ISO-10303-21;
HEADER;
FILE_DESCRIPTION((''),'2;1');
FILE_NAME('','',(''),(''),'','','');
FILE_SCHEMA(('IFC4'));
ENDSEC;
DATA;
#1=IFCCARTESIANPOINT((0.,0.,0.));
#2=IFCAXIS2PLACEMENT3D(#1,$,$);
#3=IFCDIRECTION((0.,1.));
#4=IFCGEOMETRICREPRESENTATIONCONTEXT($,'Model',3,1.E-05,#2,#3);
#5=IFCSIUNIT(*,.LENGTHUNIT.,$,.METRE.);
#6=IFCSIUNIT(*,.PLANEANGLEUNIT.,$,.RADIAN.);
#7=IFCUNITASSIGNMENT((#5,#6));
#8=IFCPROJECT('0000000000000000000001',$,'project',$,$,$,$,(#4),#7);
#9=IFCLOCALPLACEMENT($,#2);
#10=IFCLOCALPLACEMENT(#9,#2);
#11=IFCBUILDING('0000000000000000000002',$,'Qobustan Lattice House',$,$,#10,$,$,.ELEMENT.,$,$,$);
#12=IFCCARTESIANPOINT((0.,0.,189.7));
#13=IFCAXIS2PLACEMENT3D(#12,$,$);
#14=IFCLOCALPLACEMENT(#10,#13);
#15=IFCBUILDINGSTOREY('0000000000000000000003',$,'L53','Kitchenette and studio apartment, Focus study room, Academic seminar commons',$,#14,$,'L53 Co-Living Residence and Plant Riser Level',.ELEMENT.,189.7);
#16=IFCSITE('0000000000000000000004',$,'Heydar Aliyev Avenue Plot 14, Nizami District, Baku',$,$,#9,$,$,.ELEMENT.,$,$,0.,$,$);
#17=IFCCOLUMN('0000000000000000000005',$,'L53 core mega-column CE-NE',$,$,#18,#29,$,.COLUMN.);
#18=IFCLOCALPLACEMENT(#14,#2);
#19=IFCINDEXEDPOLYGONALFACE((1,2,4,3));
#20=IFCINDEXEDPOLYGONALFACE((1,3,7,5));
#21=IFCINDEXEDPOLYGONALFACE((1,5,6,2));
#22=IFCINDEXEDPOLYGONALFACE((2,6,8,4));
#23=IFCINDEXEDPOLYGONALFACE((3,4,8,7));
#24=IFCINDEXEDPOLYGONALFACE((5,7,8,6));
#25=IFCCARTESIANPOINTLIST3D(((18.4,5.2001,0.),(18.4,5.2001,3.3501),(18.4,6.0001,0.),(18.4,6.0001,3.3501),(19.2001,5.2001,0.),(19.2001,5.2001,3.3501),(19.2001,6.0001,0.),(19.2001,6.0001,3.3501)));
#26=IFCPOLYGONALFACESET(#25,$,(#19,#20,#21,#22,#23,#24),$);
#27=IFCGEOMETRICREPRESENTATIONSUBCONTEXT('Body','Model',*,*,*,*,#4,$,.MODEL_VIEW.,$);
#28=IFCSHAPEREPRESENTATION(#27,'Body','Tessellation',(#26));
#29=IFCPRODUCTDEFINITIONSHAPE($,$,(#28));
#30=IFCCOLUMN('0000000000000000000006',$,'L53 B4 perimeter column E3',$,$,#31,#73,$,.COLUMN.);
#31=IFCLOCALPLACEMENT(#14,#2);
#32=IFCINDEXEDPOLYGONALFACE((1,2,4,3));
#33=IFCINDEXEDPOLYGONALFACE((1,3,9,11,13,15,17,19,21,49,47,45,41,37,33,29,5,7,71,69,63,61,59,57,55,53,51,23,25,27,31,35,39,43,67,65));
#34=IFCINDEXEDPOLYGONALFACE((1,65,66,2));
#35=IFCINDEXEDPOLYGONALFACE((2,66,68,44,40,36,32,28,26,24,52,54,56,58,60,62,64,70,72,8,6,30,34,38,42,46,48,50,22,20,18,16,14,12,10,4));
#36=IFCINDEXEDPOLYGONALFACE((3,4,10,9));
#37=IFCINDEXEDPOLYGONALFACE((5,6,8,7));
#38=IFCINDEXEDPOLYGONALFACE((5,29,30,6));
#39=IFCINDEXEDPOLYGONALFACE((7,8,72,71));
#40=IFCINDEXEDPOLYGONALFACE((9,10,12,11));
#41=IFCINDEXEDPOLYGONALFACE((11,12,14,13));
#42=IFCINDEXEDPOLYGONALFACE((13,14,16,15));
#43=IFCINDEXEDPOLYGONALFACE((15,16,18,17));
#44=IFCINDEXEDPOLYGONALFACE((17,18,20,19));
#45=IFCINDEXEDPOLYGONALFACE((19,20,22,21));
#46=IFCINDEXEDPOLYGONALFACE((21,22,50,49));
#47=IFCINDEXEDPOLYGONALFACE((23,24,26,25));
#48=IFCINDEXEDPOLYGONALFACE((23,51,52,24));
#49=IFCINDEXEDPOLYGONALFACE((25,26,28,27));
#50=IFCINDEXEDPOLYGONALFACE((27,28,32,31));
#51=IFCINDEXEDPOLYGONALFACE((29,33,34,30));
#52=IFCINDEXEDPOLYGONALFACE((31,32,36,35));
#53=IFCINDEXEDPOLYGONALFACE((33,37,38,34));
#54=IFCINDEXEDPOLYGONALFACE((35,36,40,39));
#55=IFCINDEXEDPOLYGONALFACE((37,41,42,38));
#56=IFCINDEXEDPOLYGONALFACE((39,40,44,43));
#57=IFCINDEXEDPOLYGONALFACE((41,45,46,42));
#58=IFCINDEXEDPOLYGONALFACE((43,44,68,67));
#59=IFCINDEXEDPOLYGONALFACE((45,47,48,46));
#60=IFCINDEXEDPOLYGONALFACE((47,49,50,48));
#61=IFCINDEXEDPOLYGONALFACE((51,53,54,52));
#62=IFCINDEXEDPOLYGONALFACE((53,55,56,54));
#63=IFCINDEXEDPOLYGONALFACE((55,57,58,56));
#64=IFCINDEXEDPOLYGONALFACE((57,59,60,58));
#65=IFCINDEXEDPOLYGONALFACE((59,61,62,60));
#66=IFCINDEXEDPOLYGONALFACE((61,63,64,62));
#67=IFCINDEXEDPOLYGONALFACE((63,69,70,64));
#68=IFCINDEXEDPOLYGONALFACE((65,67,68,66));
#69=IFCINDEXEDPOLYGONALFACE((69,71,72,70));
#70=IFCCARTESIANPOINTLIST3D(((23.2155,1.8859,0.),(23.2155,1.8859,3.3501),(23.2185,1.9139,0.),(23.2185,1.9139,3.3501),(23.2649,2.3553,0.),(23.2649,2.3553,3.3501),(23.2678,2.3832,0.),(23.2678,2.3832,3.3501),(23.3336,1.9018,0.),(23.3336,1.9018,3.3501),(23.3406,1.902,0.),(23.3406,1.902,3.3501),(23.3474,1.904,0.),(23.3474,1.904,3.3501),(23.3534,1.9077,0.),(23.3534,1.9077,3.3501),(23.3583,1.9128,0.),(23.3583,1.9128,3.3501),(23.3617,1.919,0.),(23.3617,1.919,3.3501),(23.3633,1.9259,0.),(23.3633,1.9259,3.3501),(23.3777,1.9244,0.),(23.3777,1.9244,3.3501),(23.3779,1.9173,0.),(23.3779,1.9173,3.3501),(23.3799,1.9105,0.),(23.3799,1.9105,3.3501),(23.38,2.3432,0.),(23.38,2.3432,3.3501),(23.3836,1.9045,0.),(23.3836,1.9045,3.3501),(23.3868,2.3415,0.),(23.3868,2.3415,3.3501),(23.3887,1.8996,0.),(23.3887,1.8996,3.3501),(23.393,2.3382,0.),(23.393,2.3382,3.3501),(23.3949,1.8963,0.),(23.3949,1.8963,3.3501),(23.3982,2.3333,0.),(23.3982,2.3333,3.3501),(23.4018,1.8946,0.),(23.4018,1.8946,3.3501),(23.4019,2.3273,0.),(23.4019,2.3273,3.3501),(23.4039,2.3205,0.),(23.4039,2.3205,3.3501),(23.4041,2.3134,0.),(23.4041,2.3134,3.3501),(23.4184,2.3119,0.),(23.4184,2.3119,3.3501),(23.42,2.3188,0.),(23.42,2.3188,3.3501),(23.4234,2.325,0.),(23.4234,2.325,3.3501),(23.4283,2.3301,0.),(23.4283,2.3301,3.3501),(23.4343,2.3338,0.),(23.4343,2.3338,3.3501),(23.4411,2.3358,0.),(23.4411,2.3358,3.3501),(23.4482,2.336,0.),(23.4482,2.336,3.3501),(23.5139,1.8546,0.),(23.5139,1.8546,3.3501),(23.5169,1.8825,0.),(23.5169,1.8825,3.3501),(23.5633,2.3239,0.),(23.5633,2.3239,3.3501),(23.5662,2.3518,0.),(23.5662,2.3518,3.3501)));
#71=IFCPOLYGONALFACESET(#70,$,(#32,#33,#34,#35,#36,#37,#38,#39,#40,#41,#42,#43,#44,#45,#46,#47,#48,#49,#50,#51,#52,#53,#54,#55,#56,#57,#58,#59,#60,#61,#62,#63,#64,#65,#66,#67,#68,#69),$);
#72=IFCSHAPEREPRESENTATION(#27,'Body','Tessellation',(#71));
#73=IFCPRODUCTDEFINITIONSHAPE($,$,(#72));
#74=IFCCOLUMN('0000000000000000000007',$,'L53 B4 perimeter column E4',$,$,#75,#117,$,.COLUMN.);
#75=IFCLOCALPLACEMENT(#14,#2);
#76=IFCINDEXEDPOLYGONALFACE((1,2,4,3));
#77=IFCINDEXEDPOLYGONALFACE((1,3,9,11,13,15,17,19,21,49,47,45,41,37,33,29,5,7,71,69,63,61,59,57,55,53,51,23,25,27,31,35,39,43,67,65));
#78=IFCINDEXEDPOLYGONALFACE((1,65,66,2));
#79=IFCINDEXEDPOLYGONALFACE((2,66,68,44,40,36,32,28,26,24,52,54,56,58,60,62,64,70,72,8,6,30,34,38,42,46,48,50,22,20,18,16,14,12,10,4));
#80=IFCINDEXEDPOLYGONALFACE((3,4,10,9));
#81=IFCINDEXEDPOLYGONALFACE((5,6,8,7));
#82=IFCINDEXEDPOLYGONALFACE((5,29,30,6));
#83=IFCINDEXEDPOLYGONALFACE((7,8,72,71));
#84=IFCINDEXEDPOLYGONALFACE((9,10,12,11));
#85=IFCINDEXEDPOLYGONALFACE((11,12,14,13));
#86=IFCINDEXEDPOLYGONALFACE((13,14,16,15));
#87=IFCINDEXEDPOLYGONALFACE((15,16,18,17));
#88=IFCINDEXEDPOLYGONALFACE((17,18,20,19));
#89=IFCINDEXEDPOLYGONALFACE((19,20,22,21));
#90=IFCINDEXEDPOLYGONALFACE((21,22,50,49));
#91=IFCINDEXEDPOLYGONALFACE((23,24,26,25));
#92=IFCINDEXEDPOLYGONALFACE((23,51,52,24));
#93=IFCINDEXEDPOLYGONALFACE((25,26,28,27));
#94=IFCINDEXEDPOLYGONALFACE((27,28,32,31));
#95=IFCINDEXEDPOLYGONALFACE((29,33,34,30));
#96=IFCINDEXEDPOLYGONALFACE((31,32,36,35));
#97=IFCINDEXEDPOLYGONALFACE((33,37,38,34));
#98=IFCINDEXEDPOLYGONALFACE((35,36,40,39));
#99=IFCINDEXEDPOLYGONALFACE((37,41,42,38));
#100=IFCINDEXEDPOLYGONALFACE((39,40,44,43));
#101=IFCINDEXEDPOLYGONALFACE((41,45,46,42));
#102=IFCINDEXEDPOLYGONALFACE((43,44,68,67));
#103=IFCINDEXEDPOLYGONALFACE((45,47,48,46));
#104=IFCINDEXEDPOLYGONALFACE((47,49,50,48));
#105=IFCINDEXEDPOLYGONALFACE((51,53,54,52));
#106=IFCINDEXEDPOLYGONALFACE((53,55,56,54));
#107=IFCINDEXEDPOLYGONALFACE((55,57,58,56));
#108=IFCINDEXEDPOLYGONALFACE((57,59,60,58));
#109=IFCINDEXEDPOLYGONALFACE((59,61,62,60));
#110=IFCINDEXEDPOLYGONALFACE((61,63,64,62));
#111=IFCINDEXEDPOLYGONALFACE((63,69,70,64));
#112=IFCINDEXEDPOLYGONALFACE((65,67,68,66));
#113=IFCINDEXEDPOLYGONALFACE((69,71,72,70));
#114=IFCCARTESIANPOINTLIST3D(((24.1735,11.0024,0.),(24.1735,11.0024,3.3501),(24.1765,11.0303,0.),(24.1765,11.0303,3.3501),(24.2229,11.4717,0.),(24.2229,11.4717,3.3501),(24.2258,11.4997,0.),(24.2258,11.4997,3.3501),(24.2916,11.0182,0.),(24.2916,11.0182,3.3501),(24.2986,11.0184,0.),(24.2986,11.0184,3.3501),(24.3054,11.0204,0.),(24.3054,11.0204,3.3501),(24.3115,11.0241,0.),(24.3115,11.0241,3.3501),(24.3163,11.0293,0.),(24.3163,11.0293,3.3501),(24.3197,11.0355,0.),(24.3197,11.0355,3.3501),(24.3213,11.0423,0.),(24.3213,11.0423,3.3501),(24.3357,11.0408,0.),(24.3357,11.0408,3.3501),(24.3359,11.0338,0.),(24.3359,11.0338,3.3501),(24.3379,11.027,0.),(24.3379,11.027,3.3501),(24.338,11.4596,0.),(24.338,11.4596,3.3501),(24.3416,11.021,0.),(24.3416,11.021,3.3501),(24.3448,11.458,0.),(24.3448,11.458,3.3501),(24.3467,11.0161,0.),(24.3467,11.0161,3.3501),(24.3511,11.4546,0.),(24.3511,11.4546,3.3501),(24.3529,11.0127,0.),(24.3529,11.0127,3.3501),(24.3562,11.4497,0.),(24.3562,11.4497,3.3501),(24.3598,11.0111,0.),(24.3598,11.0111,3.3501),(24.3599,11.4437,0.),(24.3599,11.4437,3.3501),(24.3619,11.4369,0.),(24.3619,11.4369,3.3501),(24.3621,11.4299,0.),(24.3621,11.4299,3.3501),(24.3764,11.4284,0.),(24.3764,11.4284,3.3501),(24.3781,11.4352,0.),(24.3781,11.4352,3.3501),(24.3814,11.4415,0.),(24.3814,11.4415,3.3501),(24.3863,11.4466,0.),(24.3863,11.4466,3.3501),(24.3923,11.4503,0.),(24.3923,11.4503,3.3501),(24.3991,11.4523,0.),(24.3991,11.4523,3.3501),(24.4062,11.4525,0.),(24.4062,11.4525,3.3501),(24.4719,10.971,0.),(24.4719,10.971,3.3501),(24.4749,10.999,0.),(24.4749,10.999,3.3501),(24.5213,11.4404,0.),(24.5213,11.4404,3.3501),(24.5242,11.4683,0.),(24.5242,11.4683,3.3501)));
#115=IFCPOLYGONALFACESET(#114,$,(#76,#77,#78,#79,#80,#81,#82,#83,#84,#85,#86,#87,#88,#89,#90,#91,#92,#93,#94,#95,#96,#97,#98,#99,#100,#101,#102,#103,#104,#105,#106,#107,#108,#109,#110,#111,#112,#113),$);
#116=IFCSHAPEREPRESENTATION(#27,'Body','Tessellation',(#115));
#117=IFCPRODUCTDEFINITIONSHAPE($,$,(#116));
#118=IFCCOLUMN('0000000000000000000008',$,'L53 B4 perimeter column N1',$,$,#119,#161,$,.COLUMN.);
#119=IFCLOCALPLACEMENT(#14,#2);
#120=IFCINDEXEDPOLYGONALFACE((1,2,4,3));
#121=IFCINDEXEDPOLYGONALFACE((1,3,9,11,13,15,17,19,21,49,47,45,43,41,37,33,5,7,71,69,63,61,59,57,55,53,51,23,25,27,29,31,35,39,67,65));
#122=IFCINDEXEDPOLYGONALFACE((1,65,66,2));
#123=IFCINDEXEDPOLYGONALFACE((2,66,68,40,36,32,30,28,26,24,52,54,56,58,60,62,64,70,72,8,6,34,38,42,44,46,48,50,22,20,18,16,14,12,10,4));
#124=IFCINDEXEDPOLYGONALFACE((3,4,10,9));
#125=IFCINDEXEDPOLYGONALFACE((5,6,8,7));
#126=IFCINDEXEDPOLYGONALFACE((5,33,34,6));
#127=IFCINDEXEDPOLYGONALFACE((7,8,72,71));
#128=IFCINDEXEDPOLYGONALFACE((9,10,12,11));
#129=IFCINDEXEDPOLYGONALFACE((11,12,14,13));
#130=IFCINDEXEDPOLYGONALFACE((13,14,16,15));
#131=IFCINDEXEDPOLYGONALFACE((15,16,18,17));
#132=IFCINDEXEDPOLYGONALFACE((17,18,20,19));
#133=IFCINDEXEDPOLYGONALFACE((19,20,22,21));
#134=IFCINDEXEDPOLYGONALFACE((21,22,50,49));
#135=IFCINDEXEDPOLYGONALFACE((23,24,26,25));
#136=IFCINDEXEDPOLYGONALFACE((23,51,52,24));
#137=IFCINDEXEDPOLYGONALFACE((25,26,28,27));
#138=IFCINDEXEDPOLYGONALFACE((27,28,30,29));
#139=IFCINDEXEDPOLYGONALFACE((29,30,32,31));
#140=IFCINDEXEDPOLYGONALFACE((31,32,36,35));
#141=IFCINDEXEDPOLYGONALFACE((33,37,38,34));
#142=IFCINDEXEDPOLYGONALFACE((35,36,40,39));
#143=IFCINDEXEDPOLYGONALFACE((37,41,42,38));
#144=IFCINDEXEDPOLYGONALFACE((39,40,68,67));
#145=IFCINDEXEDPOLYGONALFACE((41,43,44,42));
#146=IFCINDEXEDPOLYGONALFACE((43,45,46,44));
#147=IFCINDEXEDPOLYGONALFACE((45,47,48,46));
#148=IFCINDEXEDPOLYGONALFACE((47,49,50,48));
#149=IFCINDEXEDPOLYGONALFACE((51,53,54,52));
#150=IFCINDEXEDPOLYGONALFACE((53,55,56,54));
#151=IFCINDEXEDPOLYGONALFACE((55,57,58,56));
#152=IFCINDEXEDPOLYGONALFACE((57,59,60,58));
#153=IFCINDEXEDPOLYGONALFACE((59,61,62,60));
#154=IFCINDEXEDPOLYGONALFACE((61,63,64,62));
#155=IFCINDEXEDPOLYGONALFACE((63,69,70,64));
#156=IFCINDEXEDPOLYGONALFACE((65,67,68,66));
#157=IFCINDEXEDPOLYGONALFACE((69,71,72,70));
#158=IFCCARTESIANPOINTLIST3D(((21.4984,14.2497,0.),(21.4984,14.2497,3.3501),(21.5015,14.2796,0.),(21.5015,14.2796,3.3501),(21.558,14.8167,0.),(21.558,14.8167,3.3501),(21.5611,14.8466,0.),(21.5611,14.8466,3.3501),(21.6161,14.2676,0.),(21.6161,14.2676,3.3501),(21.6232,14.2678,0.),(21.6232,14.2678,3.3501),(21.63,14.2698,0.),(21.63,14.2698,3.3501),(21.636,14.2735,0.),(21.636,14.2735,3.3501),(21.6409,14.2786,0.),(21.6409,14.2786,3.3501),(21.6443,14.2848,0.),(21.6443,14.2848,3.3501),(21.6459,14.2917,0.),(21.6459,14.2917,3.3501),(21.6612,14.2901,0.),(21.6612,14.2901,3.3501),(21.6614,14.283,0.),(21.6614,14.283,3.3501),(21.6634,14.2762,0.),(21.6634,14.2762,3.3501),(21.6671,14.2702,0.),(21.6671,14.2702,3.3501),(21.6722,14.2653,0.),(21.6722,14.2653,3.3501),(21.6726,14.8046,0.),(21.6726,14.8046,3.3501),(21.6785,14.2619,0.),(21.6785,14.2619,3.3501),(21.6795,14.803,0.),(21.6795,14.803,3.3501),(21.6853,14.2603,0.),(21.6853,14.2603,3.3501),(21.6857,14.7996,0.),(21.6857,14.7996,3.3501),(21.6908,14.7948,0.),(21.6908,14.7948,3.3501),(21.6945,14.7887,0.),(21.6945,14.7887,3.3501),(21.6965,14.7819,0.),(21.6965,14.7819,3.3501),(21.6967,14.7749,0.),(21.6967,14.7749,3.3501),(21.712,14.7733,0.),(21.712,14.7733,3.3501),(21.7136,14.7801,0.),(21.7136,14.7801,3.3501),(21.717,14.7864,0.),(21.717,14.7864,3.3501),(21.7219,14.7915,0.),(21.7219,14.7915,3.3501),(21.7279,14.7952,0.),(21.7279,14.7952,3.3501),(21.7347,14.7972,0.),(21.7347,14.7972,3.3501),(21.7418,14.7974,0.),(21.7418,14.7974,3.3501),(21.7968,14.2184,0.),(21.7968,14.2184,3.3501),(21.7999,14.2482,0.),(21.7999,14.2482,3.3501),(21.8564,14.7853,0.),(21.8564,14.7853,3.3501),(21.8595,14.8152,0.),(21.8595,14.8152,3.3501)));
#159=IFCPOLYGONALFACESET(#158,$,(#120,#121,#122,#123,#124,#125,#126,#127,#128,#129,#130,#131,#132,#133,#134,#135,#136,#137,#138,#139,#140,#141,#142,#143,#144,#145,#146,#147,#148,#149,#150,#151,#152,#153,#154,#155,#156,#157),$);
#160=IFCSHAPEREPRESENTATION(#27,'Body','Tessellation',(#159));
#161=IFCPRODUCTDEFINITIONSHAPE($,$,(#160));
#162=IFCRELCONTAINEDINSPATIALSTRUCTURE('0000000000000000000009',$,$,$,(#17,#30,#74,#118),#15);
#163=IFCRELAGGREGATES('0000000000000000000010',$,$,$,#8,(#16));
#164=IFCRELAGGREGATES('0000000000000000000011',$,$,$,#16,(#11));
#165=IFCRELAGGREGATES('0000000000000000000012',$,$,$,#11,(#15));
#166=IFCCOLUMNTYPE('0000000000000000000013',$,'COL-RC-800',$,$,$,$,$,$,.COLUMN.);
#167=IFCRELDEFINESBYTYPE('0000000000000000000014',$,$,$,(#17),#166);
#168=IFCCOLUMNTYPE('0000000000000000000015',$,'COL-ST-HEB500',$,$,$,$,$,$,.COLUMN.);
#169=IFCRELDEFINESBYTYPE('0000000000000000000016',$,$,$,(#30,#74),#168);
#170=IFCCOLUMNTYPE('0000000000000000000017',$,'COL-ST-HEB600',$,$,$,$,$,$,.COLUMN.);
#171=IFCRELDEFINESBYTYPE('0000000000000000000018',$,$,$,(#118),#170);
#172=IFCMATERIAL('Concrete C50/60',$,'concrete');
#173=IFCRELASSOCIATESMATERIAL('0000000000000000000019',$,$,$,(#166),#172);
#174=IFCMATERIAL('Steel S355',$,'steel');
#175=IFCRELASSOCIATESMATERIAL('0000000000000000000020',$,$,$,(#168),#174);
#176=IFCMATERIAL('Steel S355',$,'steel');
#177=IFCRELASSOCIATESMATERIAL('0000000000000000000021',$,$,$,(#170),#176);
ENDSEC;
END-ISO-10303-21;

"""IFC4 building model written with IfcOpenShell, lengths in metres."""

from ifc_helpers import new_model, si_unit, direction, frame, origin, origin_2d, place, context, subcontext, project, spatial, rectangle, i_section, extrude, material, material_profile, profile_set, type_object, element, save


model = new_model("IFC4")

# Units and contexts
model_context = context("Model", 3, precision=1e-05, world=origin(), true_north=direction((0.0, 1.0)))
body_context = subcontext(model_context, "Body", "Model", "MODEL_VIEW")
ifc_project = project(units=[si_unit("LENGTHUNIT", "METRE"), si_unit("PLANEANGLEUNIT", "RADIAN")], contexts=[model_context])

# Site, building, storey
site_placement = place(None, origin())
site = spatial("IfcSite", under=ifc_project, at=site_placement, Name="Heydar Aliyev Avenue Plot 14, Nizami District, Baku", CompositionType="ELEMENT", RefElevation=0.0)
building_placement = place(site_placement, origin())
building = spatial("IfcBuilding", under=site, at=building_placement, Name="Qobustan Lattice House", CompositionType="ELEMENT")
storey_placement = place(building_placement, frame((0.0, 0.0, 189.7)))
storey = spatial("IfcBuildingStorey", under=building, at=storey_placement, Name="L53", Description="Kitchenette and studio apartment, Focus study room, Academic seminar commons", LongName="L53 Co-Living Residence and Plant Riser Level", CompositionType="ELEMENT", Elevation=189.7)

# Columns
ifc_material_1 = material(Name="Concrete C50/60", Category="concrete")
ifc_material_profile_1 = material_profile(ifc_material_1, rectangle(XDim=0.8, YDim=0.8, at=origin_2d()), Name="RC800x800")
ifc_profile_set_1 = profile_set([ifc_material_profile_1], Name="Concrete C50/60")
column_type_1 = type_object("IfcColumnType", Name="COL-RC-800", PredefinedType="COLUMN", material=ifc_profile_set_1)
column_1_placement = place(storey_placement, frame((18.8, 5.6001, 0.0), z_axis=(0.0, 0.0, 1.0), x_axis=(1.0, 0.0, 0.0)))
element("IfcColumn", 1, at=column_1_placement, inside=storey, type_object=column_type_1, Name="L53 core mega-column CE-NE", PredefinedType="COLUMN", context=body_context, shape_type="SweptSolid", body=[
    extrude(rectangle(XDim=0.8, YDim=0.8, at=origin_2d()), origin(), (0.0, 0.0, 1.0), 3.3501),
])
ifc_material_2 = material(Name="Steel S355", Category="steel")
ifc_material_profile_2 = material_profile(ifc_material_2, i_section(OverallWidth=0.3, OverallDepth=0.5, WebThickness=0.0144, FlangeThickness=0.0281, FilletRadius=0.0271, at=origin_2d()), Name="HEB500")
ifc_profile_set_2 = profile_set([ifc_material_profile_2], Name="Steel S355")
column_type_2 = type_object("IfcColumnType", Name="COL-ST-HEB500", PredefinedType="COLUMN", material=ifc_profile_set_2)
for number, where, z_axis, x_axis, name in (
    (2, (23.3909, 2.1189, 0.0), (0.0, 0.0, 1.0), (0.994522, -0.104528, 0.0), "L53 B4 perimeter column E3"),
    (3, (24.3489, 11.2354, 0.0), (0.0, 0.0, 1.0), (0.994522, -0.104528, 0.0), "L53 B4 perimeter column E4"),
):
    element("IfcColumn", number, at=place(storey_placement, frame(where, z_axis=z_axis, x_axis=x_axis)), inside=storey, type_object=column_type_2, Name=name, PredefinedType="COLUMN", context=body_context, shape_type="SweptSolid", body=[
        extrude(i_section(OverallWidth=0.3, OverallDepth=0.5, WebThickness=0.0144, FlangeThickness=0.0281, FilletRadius=0.0271, at=origin_2d()), origin(), (0.0, 0.0, 1.0), 3.3501),
    ])
ifc_material_3 = material(Name="Steel S355", Category="steel")
ifc_material_profile_3 = material_profile(ifc_material_3, i_section(OverallWidth=0.3, OverallDepth=0.6001, WebThickness=0.0154, FlangeThickness=0.03, FilletRadius=0.0271, at=origin_2d()), Name="HEB600")
ifc_profile_set_3 = profile_set([ifc_material_profile_3], Name="Steel S355")
column_type_3 = type_object("IfcColumnType", Name="COL-ST-HEB600", PredefinedType="COLUMN", material=ifc_profile_set_3)
column_2_placement = place(storey_placement, frame((21.679, 14.5325, 0.0), z_axis=(0.0, 0.0, 1.0), x_axis=(0.994522, -0.104528, 0.0)))
element("IfcColumn", 4, at=column_2_placement, inside=storey, type_object=column_type_3, Name="L53 B4 perimeter column N1", PredefinedType="COLUMN", context=body_context, shape_type="SweptSolid", body=[
    extrude(i_section(OverallWidth=0.3, OverallDepth=0.6001, WebThickness=0.0154, FlangeThickness=0.03, FilletRadius=0.0271, at=origin_2d()), origin(), (0.0, 0.0, 1.0), 3.3501),
])

save(model, "model.ifc")
